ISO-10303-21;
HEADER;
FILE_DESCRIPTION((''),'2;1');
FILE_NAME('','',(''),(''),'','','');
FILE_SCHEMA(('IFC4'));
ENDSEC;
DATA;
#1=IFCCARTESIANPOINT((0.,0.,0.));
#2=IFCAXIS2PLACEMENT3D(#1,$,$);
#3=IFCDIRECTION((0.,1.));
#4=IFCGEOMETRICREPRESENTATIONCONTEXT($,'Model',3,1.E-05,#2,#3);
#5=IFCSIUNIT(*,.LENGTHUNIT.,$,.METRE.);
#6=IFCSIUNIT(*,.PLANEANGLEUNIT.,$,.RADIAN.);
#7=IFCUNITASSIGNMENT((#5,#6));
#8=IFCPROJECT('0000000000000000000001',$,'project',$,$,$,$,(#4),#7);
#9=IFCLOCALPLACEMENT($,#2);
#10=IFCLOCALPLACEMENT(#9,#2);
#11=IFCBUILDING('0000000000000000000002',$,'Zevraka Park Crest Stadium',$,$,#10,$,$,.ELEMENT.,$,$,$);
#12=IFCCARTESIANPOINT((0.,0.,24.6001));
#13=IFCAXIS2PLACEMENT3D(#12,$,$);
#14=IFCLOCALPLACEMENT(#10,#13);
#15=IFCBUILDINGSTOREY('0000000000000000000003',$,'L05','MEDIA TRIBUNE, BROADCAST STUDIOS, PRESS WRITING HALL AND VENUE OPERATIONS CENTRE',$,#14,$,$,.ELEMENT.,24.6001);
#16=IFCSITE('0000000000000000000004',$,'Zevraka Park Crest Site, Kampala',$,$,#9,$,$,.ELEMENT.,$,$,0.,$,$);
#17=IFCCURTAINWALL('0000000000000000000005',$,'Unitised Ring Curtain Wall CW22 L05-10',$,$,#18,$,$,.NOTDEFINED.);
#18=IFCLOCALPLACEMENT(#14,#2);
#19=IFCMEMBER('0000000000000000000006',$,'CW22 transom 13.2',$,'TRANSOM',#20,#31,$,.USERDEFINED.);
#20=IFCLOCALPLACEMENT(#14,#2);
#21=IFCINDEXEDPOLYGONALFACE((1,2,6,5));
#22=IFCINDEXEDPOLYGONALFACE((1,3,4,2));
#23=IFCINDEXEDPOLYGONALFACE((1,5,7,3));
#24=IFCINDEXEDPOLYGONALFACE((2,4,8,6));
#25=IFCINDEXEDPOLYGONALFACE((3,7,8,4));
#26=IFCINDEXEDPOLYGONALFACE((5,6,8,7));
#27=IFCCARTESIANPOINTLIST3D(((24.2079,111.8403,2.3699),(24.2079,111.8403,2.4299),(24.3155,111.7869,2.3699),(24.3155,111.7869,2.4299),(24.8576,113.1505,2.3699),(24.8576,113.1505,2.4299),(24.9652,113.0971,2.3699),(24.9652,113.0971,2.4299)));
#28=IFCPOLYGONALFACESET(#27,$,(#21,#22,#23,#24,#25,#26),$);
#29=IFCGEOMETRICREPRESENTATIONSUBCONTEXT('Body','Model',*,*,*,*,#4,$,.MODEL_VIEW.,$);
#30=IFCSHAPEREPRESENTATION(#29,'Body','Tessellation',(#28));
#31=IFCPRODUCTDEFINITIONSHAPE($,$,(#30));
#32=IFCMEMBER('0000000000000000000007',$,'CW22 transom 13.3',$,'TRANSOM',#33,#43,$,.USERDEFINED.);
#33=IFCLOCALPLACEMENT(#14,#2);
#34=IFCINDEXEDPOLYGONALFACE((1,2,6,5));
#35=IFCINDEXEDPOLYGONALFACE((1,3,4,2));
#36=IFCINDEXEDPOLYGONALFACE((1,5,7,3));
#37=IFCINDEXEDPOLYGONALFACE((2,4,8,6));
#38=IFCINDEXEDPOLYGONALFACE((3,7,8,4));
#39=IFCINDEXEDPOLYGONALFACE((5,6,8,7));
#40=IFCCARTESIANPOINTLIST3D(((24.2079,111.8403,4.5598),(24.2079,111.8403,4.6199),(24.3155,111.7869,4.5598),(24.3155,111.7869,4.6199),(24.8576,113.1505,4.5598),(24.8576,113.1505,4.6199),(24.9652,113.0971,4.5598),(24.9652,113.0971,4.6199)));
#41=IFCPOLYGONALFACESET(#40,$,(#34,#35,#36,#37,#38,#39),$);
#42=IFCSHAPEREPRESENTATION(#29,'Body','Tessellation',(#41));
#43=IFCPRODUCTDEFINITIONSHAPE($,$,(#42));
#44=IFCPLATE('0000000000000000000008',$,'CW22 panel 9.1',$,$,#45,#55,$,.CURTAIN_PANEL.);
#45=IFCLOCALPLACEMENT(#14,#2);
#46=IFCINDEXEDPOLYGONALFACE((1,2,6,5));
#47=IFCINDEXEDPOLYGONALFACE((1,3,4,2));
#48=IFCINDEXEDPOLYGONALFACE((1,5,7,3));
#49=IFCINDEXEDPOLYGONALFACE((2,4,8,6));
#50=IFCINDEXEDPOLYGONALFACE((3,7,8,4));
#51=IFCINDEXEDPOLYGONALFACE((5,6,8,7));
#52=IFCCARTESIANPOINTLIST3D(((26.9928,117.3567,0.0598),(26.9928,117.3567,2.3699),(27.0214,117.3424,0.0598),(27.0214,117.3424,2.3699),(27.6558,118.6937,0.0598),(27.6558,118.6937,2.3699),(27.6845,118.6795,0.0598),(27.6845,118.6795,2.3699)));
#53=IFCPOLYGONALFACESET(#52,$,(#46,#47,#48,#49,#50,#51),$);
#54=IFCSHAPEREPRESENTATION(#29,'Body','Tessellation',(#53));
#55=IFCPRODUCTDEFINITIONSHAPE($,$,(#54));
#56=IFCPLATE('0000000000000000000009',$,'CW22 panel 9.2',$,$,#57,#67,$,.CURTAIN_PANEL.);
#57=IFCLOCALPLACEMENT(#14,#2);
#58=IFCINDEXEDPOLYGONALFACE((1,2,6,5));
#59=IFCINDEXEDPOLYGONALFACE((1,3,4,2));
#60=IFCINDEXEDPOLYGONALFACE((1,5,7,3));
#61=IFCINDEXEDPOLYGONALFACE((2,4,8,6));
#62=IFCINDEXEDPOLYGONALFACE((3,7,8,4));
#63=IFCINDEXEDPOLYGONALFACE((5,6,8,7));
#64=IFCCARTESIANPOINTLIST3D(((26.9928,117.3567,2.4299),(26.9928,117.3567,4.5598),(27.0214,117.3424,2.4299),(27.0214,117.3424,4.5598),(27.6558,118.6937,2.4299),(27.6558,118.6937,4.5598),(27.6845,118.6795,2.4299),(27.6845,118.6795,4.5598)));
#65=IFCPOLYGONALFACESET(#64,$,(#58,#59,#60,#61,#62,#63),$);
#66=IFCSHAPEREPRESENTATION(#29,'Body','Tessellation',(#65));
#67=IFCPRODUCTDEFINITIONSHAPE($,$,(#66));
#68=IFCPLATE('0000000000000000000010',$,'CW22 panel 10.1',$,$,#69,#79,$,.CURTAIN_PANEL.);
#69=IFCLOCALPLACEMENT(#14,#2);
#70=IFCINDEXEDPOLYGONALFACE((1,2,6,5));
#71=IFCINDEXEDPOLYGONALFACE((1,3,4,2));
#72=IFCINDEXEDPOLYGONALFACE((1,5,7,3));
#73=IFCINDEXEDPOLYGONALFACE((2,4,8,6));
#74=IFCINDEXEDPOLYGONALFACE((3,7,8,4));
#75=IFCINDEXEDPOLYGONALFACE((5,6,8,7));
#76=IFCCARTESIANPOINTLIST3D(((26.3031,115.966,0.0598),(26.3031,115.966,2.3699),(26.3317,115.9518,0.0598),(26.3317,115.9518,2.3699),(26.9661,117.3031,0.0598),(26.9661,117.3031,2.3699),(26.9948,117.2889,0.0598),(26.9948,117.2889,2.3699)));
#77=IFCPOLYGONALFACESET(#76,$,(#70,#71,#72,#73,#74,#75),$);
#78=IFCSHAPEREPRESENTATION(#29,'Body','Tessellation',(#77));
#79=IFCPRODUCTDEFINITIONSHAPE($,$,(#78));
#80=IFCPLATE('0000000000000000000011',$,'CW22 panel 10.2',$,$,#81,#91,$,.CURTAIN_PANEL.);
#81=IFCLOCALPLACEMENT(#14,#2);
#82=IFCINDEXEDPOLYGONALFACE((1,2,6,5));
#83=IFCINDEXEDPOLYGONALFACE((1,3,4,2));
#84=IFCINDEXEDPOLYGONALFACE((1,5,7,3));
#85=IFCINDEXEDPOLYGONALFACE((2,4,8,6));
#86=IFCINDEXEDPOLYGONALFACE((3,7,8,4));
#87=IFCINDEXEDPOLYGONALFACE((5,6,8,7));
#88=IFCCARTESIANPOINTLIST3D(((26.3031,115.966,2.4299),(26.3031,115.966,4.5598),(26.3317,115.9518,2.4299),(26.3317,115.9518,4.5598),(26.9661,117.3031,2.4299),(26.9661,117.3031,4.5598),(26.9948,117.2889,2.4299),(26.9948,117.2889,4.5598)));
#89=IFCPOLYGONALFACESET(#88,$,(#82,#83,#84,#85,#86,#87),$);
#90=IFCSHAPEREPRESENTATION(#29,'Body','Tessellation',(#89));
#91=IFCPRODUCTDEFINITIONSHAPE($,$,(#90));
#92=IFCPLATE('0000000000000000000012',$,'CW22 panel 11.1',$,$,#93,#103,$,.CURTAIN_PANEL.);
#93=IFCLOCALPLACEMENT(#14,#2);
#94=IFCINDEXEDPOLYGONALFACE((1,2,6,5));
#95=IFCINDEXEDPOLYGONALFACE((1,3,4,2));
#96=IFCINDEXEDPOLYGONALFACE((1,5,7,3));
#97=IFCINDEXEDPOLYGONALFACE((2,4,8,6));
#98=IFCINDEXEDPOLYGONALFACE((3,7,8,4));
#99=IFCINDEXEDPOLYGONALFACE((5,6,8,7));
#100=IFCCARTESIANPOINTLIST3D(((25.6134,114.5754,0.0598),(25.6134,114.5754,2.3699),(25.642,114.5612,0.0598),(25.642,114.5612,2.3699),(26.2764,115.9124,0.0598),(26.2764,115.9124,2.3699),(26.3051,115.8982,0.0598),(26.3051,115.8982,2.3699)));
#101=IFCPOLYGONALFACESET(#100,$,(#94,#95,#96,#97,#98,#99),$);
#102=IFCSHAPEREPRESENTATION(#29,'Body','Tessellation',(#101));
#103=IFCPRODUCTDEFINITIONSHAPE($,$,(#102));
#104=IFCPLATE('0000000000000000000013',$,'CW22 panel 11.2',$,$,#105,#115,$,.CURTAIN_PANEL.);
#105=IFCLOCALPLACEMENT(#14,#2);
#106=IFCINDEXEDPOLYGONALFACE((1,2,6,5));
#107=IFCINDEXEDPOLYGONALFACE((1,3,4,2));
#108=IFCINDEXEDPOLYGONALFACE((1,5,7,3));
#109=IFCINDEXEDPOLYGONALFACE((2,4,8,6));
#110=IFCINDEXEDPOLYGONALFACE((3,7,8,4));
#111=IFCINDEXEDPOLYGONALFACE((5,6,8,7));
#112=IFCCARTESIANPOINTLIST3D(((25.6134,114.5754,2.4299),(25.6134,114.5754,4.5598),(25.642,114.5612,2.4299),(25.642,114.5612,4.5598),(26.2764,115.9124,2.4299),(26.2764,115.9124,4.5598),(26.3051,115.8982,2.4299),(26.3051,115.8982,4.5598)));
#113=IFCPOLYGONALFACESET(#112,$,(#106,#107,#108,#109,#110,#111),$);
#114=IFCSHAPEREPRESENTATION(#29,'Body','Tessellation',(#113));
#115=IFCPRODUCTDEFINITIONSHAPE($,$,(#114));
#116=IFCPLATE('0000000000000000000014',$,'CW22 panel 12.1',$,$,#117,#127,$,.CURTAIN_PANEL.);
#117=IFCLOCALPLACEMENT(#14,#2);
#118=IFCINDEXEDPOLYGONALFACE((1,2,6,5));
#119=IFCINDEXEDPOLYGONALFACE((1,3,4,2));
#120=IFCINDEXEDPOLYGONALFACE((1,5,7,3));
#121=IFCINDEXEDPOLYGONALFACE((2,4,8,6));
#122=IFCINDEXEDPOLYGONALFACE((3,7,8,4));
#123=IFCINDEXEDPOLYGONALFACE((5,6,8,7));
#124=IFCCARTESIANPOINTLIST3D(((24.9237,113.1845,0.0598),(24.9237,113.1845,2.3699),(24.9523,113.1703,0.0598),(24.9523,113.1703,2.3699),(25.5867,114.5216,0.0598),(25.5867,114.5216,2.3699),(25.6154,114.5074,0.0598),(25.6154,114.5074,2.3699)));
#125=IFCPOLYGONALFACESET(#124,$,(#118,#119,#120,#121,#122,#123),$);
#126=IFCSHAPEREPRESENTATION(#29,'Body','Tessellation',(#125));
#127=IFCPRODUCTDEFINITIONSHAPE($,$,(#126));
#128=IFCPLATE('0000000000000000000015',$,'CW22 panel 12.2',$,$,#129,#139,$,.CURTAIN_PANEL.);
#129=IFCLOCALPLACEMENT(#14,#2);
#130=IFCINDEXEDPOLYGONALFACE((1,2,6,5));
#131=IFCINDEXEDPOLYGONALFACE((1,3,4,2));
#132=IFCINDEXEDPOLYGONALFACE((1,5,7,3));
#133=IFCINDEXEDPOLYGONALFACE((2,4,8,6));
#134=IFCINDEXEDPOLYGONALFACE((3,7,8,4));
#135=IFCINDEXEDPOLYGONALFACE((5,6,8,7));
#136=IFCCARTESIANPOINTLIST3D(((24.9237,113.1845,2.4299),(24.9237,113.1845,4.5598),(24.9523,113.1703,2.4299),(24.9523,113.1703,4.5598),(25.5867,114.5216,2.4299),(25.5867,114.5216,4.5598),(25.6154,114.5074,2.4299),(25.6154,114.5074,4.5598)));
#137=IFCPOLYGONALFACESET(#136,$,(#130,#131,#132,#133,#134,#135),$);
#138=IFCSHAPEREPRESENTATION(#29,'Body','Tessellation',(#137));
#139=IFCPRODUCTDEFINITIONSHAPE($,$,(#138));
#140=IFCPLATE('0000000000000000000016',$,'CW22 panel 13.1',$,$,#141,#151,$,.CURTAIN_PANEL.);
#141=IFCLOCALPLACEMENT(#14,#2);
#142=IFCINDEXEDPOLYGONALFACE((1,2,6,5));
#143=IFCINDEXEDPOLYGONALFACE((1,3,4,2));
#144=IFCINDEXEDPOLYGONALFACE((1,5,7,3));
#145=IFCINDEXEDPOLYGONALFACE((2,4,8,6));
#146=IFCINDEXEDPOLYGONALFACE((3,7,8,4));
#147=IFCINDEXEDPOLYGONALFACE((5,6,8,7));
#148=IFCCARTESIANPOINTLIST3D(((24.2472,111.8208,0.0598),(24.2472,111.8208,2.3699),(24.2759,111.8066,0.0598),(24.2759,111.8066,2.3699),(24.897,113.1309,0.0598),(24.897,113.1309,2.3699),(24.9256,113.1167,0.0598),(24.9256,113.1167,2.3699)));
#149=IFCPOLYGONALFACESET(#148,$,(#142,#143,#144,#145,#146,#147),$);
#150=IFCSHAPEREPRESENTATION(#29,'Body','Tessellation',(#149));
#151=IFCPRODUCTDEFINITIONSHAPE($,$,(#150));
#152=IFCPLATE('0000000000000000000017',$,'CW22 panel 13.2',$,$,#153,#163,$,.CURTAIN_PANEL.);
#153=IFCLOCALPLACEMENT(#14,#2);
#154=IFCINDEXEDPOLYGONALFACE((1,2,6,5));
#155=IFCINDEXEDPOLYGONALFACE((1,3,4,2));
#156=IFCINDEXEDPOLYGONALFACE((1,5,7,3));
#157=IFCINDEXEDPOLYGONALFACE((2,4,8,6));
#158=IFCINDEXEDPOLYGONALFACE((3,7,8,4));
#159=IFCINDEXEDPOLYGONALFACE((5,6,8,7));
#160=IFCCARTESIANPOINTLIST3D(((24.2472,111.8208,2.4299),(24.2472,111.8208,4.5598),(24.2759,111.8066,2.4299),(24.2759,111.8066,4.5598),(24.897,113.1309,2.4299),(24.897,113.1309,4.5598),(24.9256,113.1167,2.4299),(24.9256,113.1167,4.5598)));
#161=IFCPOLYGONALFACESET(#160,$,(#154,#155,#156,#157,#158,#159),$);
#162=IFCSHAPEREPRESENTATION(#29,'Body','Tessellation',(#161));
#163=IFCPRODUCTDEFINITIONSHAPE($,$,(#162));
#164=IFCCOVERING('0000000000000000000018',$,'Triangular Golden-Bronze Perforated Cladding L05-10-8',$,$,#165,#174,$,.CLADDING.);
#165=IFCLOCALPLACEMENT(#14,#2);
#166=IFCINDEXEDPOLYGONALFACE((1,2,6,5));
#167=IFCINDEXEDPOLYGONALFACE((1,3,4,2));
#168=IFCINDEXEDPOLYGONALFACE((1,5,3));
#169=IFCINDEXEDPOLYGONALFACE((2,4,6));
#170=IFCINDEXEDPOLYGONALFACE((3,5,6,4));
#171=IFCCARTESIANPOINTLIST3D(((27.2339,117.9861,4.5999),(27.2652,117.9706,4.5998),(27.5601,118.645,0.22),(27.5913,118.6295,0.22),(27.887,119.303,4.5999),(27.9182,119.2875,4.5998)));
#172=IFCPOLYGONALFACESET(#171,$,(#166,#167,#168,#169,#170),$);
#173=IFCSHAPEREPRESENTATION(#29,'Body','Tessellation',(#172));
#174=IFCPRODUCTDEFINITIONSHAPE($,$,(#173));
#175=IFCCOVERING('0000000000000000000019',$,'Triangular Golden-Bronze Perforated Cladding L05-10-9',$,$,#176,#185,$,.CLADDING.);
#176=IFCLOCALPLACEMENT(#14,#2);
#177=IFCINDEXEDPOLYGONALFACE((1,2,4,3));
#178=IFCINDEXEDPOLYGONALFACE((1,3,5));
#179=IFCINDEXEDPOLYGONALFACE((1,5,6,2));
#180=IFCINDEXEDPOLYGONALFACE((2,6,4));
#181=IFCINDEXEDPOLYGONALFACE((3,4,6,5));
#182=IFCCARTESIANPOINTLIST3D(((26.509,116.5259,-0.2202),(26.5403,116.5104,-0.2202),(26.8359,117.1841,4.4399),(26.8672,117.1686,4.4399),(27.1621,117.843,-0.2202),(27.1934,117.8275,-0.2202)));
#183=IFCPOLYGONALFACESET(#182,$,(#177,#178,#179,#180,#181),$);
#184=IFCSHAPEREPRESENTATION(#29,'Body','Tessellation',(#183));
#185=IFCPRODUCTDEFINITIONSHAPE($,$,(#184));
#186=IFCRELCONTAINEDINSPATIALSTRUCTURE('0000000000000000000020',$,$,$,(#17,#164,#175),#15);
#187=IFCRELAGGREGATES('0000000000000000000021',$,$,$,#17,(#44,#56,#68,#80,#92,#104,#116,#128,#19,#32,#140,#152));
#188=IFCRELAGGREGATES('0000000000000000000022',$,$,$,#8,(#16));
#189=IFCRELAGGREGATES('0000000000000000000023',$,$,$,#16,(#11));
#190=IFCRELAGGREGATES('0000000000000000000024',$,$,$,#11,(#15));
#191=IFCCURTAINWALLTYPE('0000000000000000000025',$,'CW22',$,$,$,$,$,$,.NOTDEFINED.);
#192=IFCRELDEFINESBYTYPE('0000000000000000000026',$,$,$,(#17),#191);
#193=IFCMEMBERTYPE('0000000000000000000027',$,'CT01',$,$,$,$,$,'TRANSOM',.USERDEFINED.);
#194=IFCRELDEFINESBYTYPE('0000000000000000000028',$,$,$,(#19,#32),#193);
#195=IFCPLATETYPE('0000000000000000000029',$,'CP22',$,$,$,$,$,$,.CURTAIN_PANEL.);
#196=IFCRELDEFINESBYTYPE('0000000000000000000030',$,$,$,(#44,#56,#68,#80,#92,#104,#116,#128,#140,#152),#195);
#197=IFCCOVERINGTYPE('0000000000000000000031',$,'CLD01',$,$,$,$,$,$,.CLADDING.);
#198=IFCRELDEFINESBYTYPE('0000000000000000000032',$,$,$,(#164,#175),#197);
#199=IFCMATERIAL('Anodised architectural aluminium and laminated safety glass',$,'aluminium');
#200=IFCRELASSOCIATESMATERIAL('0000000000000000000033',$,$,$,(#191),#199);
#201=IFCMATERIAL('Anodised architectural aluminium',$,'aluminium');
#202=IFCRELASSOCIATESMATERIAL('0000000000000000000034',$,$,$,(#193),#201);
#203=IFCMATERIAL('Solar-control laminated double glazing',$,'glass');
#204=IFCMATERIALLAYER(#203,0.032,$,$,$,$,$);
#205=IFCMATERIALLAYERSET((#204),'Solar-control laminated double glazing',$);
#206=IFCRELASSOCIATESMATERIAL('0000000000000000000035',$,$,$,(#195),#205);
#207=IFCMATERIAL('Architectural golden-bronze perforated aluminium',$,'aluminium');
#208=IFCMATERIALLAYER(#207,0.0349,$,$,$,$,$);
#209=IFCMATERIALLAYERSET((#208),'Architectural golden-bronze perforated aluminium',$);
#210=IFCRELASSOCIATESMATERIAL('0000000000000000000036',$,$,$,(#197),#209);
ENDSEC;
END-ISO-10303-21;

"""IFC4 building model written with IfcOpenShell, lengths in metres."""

from ifc_helpers import new_model, si_unit, direction, frame, origin, origin_2d, place, context, subcontext, project, spatial, polyline, rectangle, outline, extrude, material, layer, layer_set, material_profile, profile_set, type_object, element, aggregate, save


model = new_model("IFC4")

# Units and contexts
model_context = context("Model", 3, precision=1e-05, world=origin(), true_north=direction((0.0, 1.0)))
body_context = subcontext(model_context, "Body", "Model", "MODEL_VIEW")
ifc_project = project(units=[si_unit("LENGTHUNIT", "METRE"), si_unit("PLANEANGLEUNIT", "RADIAN")], contexts=[model_context])

# Site, building, storey
site_placement = place(None, origin())
site = spatial("IfcSite", under=ifc_project, at=site_placement, Name="Zevraka Park Crest Site, Kampala", CompositionType="ELEMENT", RefElevation=0.0)
building_placement = place(site_placement, origin())
building = spatial("IfcBuilding", under=site, at=building_placement, Name="Zevraka Park Crest Stadium", CompositionType="ELEMENT")
storey_placement = place(building_placement, frame((0.0, 0.0, 24.6001)))
storey = spatial("IfcBuildingStorey", under=building, at=storey_placement, Name="L05", Description="MEDIA TRIBUNE, BROADCAST STUDIOS, PRESS WRITING HALL AND VENUE OPERATIONS CENTRE", CompositionType="ELEMENT", Elevation=24.6001)

# Curtain wall, members, plates
ifc_material_1 = material(Name="Anodised architectural aluminium and laminated safety glass", Category="aluminium")
curtain_wall_type = type_object("IfcCurtainWallType", Name="CW22", PredefinedType="NOTDEFINED", material=ifc_material_1)
curtain_wall_placement = place(storey_placement, origin())
curtain_wall = element("IfcCurtainWall", 1, at=curtain_wall_placement, inside=storey, type_object=curtain_wall_type, Name="Unitised Ring Curtain Wall CW22 L05-10", PredefinedType="NOTDEFINED")
ifc_material_2 = material(Name="Anodised architectural aluminium", Category="aluminium")
ifc_material_profile_1 = material_profile(ifc_material_2, rectangle(XDim=0.1201, YDim=0.0601, at=origin_2d()), Name="ALU TRANSOM 120x60")
ifc_profile_set_1 = profile_set([ifc_material_profile_1], Name="Anodised architectural aluminium")
member_type_1 = type_object("IfcMemberType", Name="CT01", ElementType="TRANSOM", PredefinedType="USERDEFINED", material=ifc_profile_set_1)
member_1_placement = place(storey_placement, frame((24.9114, 113.1238, 2.3999), z_axis=(-0.444273, -0.895892, 0.0), x_axis=(0.895892, -0.444273, 0.0)))
member_1 = element("IfcMember", 2, at=member_1_placement, type_object=member_type_1, Name="CW22 transom 13.2", ObjectType="TRANSOM", PredefinedType="USERDEFINED", context=body_context, shape_type="SweptSolid", body=[
    extrude(rectangle(XDim=0.1201, YDim=0.0601, at=origin_2d()), origin(), (0.0, 0.0, 1.0), 1.4624),
])
member_2_placement = place(storey_placement, frame((24.9114, 113.1238, 4.5898), z_axis=(-0.444273, -0.895892, 0.0), x_axis=(0.895892, -0.444273, 0.0)))
member_2 = element("IfcMember", 3, at=member_2_placement, type_object=member_type_1, Name="CW22 transom 13.3", ObjectType="TRANSOM", PredefinedType="USERDEFINED", context=body_context, shape_type="SweptSolid", body=[
    extrude(rectangle(XDim=0.1201, YDim=0.0601, at=origin_2d()), origin(), (0.0, 0.0, 1.0), 1.4624),
])
ifc_material_3 = material(Name="Solar-control laminated double glazing", Category="glass")
ifc_layer_1 = layer(ifc_material_3, 0.032)
ifc_layer_set_1 = layer_set([ifc_layer_1], Name="Solar-control laminated double glazing")
plate_type = type_object("IfcPlateType", Name="CP22", PredefinedType="CURTAIN_PANEL", material=ifc_layer_set_1)
plate_1_placement = place(storey_placement, frame((27.3386, 118.0181, 0.0598), z_axis=(0.0, 0.0, 1.0), x_axis=(-0.444297, -0.895879, 0.0)))
plate_1 = element("IfcPlate", 4, at=plate_1_placement, type_object=plate_type, Name="CW22 panel 9.1", PredefinedType="CURTAIN_PANEL", context=body_context, shape_type="SweptSolid", body=[
    extrude(rectangle(XDim=1.4924, YDim=0.032, at=origin_2d()), origin(), (0.0, 0.0, 1.0), 2.3101),
])
plate_2_placement = place(storey_placement, frame((27.3386, 118.0181, 2.4299), z_axis=(0.0, 0.0, 1.0), x_axis=(-0.444297, -0.895879, 0.0)))
plate_2 = element("IfcPlate", 5, at=plate_2_placement, type_object=plate_type, Name="CW22 panel 9.2", PredefinedType="CURTAIN_PANEL", context=body_context, shape_type="SweptSolid", body=[
    extrude(rectangle(XDim=1.4924, YDim=0.032, at=origin_2d()), origin(), (0.0, 0.0, 1.0), 2.1299),
])
plate_3_placement = place(storey_placement, frame((26.6489, 116.6274, 0.0598), z_axis=(0.0, 0.0, 1.0), x_axis=(-0.444297, -0.895879, 0.0)))
plate_3 = element("IfcPlate", 6, at=plate_3_placement, type_object=plate_type, Name="CW22 panel 10.1", PredefinedType="CURTAIN_PANEL", context=body_context, shape_type="SweptSolid", body=[
    extrude(rectangle(XDim=1.4924, YDim=0.032, at=origin_2d()), origin(), (0.0, 0.0, 1.0), 2.3101),
])
plate_4_placement = place(storey_placement, frame((26.6489, 116.6274, 2.4299), z_axis=(0.0, 0.0, 1.0), x_axis=(-0.444297, -0.895879, 0.0)))
plate_4 = element("IfcPlate", 7, at=plate_4_placement, type_object=plate_type, Name="CW22 panel 10.2", PredefinedType="CURTAIN_PANEL", context=body_context, shape_type="SweptSolid", body=[
    extrude(rectangle(XDim=1.4924, YDim=0.032, at=origin_2d()), origin(), (0.0, 0.0, 1.0), 2.1299),
])
plate_5_placement = place(storey_placement, frame((25.9592, 115.2368, 0.0598), z_axis=(0.0, 0.0, 1.0), x_axis=(-0.444297, -0.895879, 0.0)))
plate_5 = element("IfcPlate", 8, at=plate_5_placement, type_object=plate_type, Name="CW22 panel 11.1", PredefinedType="CURTAIN_PANEL", context=body_context, shape_type="SweptSolid", body=[
    extrude(rectangle(XDim=1.4924, YDim=0.032, at=origin_2d()), origin(), (0.0, 0.0, 1.0), 2.3101),
])
plate_6_placement = place(storey_placement, frame((25.9592, 115.2368, 2.4299), z_axis=(0.0, 0.0, 1.0), x_axis=(-0.444297, -0.895879, 0.0)))
plate_6 = element("IfcPlate", 9, at=plate_6_placement, type_object=plate_type, Name="CW22 panel 11.2", PredefinedType="CURTAIN_PANEL", context=body_context, shape_type="SweptSolid", body=[
    extrude(rectangle(XDim=1.4924, YDim=0.032, at=origin_2d()), origin(), (0.0, 0.0, 1.0), 2.1299),
])
plate_7_placement = place(storey_placement, frame((25.2695, 113.8459, 0.0598), z_axis=(0.0, 0.0, 1.0), x_axis=(-0.444297, -0.895879, 0.0)))
plate_7 = element("IfcPlate", 10, at=plate_7_placement, type_object=plate_type, Name="CW22 panel 12.1", PredefinedType="CURTAIN_PANEL", context=body_context, shape_type="SweptSolid", body=[
    extrude(rectangle(XDim=1.4924, YDim=0.032, at=origin_2d()), origin(), (0.0, 0.0, 1.0), 2.3101),
])
plate_8_placement = place(storey_placement, frame((25.2695, 113.8459, 2.4299), z_axis=(0.0, 0.0, 1.0), x_axis=(-0.444297, -0.895879, 0.0)))
plate_8 = element("IfcPlate", 11, at=plate_8_placement, type_object=plate_type, Name="CW22 panel 12.2", PredefinedType="CURTAIN_PANEL", context=body_context, shape_type="SweptSolid", body=[
    extrude(rectangle(XDim=1.4924, YDim=0.032, at=origin_2d()), origin(), (0.0, 0.0, 1.0), 2.1299),
])
plate_9_placement = place(storey_placement, frame((24.5864, 112.4688, 0.0598), z_axis=(0.0, 0.0, 1.0), x_axis=(-0.444297, -0.895879, 0.0)))
plate_9 = element("IfcPlate", 12, at=plate_9_placement, type_object=plate_type, Name="CW22 panel 13.1", PredefinedType="CURTAIN_PANEL", context=body_context, shape_type="SweptSolid", body=[
    extrude(rectangle(XDim=1.4624, YDim=0.032, at=origin_2d()), origin(), (0.0, 0.0, 1.0), 2.3101),
])
plate_10_placement = place(storey_placement, frame((24.5864, 112.4688, 2.4299), z_axis=(0.0, 0.0, 1.0), x_axis=(-0.444297, -0.895879, 0.0)))
plate_10 = element("IfcPlate", 13, at=plate_10_placement, type_object=plate_type, Name="CW22 panel 13.2", PredefinedType="CURTAIN_PANEL", context=body_context, shape_type="SweptSolid", body=[
    extrude(rectangle(XDim=1.4624, YDim=0.032, at=origin_2d()), origin(), (0.0, 0.0, 1.0), 2.1299),
])
aggregate(curtain_wall, [plate_1, plate_2, plate_3, plate_4, plate_5, plate_6, plate_7, plate_8, member_1, member_2, plate_9, plate_10])

# Coverings
ifc_material_4 = material(Name="Architectural golden-bronze perforated aluminium", Category="aluminium")
ifc_layer_2 = layer(ifc_material_4, 0.0349)
ifc_layer_set_2 = layer_set([ifc_layer_2], Name="Architectural golden-bronze perforated aluminium")
covering_type = type_object("IfcCoveringType", Name="CLD01", PredefinedType="CLADDING", material=ifc_layer_set_2)
covering_1_placement = place(storey_placement, frame((27.2339, 117.9861, 4.5999), z_axis=(-0.895884, 0.444288, 0.000124), x_axis=(0.444288, 0.895884, 0.0)))
element("IfcCovering", 14, at=covering_1_placement, inside=storey, type_object=covering_type, Name="Triangular Golden-Bronze Perforated Cladding L05-10-8", PredefinedType="CLADDING", context=body_context, shape_type="SweptSolid", body=[
    extrude(outline(polyline([(0.0, 0.0), (1.4699, 0.0), (0.7352, 4.3799), (0.0, 0.0)])), origin(), (0.0, 0.0, -1.0), 0.0349),
])
covering_2_placement = place(storey_placement, frame((27.1621, 117.843, -0.2202), z_axis=(-0.895917, 0.444222, 0.000105), x_axis=(-0.444222, -0.895917, 0.0)))
element("IfcCovering", 15, at=covering_2_placement, inside=storey, type_object=covering_type, Name="Triangular Golden-Bronze Perforated Cladding L05-10-9", PredefinedType="CLADDING", context=body_context, shape_type="SweptSolid", body=[
    extrude(outline(polyline([(0.0, 0.0), (1.4702, 0.0), (0.7352, 4.6602), (0.0, 0.0)])), origin(), (0.0, 0.0, -1.0), 0.0349),
])

save(model, "model.ifc")
